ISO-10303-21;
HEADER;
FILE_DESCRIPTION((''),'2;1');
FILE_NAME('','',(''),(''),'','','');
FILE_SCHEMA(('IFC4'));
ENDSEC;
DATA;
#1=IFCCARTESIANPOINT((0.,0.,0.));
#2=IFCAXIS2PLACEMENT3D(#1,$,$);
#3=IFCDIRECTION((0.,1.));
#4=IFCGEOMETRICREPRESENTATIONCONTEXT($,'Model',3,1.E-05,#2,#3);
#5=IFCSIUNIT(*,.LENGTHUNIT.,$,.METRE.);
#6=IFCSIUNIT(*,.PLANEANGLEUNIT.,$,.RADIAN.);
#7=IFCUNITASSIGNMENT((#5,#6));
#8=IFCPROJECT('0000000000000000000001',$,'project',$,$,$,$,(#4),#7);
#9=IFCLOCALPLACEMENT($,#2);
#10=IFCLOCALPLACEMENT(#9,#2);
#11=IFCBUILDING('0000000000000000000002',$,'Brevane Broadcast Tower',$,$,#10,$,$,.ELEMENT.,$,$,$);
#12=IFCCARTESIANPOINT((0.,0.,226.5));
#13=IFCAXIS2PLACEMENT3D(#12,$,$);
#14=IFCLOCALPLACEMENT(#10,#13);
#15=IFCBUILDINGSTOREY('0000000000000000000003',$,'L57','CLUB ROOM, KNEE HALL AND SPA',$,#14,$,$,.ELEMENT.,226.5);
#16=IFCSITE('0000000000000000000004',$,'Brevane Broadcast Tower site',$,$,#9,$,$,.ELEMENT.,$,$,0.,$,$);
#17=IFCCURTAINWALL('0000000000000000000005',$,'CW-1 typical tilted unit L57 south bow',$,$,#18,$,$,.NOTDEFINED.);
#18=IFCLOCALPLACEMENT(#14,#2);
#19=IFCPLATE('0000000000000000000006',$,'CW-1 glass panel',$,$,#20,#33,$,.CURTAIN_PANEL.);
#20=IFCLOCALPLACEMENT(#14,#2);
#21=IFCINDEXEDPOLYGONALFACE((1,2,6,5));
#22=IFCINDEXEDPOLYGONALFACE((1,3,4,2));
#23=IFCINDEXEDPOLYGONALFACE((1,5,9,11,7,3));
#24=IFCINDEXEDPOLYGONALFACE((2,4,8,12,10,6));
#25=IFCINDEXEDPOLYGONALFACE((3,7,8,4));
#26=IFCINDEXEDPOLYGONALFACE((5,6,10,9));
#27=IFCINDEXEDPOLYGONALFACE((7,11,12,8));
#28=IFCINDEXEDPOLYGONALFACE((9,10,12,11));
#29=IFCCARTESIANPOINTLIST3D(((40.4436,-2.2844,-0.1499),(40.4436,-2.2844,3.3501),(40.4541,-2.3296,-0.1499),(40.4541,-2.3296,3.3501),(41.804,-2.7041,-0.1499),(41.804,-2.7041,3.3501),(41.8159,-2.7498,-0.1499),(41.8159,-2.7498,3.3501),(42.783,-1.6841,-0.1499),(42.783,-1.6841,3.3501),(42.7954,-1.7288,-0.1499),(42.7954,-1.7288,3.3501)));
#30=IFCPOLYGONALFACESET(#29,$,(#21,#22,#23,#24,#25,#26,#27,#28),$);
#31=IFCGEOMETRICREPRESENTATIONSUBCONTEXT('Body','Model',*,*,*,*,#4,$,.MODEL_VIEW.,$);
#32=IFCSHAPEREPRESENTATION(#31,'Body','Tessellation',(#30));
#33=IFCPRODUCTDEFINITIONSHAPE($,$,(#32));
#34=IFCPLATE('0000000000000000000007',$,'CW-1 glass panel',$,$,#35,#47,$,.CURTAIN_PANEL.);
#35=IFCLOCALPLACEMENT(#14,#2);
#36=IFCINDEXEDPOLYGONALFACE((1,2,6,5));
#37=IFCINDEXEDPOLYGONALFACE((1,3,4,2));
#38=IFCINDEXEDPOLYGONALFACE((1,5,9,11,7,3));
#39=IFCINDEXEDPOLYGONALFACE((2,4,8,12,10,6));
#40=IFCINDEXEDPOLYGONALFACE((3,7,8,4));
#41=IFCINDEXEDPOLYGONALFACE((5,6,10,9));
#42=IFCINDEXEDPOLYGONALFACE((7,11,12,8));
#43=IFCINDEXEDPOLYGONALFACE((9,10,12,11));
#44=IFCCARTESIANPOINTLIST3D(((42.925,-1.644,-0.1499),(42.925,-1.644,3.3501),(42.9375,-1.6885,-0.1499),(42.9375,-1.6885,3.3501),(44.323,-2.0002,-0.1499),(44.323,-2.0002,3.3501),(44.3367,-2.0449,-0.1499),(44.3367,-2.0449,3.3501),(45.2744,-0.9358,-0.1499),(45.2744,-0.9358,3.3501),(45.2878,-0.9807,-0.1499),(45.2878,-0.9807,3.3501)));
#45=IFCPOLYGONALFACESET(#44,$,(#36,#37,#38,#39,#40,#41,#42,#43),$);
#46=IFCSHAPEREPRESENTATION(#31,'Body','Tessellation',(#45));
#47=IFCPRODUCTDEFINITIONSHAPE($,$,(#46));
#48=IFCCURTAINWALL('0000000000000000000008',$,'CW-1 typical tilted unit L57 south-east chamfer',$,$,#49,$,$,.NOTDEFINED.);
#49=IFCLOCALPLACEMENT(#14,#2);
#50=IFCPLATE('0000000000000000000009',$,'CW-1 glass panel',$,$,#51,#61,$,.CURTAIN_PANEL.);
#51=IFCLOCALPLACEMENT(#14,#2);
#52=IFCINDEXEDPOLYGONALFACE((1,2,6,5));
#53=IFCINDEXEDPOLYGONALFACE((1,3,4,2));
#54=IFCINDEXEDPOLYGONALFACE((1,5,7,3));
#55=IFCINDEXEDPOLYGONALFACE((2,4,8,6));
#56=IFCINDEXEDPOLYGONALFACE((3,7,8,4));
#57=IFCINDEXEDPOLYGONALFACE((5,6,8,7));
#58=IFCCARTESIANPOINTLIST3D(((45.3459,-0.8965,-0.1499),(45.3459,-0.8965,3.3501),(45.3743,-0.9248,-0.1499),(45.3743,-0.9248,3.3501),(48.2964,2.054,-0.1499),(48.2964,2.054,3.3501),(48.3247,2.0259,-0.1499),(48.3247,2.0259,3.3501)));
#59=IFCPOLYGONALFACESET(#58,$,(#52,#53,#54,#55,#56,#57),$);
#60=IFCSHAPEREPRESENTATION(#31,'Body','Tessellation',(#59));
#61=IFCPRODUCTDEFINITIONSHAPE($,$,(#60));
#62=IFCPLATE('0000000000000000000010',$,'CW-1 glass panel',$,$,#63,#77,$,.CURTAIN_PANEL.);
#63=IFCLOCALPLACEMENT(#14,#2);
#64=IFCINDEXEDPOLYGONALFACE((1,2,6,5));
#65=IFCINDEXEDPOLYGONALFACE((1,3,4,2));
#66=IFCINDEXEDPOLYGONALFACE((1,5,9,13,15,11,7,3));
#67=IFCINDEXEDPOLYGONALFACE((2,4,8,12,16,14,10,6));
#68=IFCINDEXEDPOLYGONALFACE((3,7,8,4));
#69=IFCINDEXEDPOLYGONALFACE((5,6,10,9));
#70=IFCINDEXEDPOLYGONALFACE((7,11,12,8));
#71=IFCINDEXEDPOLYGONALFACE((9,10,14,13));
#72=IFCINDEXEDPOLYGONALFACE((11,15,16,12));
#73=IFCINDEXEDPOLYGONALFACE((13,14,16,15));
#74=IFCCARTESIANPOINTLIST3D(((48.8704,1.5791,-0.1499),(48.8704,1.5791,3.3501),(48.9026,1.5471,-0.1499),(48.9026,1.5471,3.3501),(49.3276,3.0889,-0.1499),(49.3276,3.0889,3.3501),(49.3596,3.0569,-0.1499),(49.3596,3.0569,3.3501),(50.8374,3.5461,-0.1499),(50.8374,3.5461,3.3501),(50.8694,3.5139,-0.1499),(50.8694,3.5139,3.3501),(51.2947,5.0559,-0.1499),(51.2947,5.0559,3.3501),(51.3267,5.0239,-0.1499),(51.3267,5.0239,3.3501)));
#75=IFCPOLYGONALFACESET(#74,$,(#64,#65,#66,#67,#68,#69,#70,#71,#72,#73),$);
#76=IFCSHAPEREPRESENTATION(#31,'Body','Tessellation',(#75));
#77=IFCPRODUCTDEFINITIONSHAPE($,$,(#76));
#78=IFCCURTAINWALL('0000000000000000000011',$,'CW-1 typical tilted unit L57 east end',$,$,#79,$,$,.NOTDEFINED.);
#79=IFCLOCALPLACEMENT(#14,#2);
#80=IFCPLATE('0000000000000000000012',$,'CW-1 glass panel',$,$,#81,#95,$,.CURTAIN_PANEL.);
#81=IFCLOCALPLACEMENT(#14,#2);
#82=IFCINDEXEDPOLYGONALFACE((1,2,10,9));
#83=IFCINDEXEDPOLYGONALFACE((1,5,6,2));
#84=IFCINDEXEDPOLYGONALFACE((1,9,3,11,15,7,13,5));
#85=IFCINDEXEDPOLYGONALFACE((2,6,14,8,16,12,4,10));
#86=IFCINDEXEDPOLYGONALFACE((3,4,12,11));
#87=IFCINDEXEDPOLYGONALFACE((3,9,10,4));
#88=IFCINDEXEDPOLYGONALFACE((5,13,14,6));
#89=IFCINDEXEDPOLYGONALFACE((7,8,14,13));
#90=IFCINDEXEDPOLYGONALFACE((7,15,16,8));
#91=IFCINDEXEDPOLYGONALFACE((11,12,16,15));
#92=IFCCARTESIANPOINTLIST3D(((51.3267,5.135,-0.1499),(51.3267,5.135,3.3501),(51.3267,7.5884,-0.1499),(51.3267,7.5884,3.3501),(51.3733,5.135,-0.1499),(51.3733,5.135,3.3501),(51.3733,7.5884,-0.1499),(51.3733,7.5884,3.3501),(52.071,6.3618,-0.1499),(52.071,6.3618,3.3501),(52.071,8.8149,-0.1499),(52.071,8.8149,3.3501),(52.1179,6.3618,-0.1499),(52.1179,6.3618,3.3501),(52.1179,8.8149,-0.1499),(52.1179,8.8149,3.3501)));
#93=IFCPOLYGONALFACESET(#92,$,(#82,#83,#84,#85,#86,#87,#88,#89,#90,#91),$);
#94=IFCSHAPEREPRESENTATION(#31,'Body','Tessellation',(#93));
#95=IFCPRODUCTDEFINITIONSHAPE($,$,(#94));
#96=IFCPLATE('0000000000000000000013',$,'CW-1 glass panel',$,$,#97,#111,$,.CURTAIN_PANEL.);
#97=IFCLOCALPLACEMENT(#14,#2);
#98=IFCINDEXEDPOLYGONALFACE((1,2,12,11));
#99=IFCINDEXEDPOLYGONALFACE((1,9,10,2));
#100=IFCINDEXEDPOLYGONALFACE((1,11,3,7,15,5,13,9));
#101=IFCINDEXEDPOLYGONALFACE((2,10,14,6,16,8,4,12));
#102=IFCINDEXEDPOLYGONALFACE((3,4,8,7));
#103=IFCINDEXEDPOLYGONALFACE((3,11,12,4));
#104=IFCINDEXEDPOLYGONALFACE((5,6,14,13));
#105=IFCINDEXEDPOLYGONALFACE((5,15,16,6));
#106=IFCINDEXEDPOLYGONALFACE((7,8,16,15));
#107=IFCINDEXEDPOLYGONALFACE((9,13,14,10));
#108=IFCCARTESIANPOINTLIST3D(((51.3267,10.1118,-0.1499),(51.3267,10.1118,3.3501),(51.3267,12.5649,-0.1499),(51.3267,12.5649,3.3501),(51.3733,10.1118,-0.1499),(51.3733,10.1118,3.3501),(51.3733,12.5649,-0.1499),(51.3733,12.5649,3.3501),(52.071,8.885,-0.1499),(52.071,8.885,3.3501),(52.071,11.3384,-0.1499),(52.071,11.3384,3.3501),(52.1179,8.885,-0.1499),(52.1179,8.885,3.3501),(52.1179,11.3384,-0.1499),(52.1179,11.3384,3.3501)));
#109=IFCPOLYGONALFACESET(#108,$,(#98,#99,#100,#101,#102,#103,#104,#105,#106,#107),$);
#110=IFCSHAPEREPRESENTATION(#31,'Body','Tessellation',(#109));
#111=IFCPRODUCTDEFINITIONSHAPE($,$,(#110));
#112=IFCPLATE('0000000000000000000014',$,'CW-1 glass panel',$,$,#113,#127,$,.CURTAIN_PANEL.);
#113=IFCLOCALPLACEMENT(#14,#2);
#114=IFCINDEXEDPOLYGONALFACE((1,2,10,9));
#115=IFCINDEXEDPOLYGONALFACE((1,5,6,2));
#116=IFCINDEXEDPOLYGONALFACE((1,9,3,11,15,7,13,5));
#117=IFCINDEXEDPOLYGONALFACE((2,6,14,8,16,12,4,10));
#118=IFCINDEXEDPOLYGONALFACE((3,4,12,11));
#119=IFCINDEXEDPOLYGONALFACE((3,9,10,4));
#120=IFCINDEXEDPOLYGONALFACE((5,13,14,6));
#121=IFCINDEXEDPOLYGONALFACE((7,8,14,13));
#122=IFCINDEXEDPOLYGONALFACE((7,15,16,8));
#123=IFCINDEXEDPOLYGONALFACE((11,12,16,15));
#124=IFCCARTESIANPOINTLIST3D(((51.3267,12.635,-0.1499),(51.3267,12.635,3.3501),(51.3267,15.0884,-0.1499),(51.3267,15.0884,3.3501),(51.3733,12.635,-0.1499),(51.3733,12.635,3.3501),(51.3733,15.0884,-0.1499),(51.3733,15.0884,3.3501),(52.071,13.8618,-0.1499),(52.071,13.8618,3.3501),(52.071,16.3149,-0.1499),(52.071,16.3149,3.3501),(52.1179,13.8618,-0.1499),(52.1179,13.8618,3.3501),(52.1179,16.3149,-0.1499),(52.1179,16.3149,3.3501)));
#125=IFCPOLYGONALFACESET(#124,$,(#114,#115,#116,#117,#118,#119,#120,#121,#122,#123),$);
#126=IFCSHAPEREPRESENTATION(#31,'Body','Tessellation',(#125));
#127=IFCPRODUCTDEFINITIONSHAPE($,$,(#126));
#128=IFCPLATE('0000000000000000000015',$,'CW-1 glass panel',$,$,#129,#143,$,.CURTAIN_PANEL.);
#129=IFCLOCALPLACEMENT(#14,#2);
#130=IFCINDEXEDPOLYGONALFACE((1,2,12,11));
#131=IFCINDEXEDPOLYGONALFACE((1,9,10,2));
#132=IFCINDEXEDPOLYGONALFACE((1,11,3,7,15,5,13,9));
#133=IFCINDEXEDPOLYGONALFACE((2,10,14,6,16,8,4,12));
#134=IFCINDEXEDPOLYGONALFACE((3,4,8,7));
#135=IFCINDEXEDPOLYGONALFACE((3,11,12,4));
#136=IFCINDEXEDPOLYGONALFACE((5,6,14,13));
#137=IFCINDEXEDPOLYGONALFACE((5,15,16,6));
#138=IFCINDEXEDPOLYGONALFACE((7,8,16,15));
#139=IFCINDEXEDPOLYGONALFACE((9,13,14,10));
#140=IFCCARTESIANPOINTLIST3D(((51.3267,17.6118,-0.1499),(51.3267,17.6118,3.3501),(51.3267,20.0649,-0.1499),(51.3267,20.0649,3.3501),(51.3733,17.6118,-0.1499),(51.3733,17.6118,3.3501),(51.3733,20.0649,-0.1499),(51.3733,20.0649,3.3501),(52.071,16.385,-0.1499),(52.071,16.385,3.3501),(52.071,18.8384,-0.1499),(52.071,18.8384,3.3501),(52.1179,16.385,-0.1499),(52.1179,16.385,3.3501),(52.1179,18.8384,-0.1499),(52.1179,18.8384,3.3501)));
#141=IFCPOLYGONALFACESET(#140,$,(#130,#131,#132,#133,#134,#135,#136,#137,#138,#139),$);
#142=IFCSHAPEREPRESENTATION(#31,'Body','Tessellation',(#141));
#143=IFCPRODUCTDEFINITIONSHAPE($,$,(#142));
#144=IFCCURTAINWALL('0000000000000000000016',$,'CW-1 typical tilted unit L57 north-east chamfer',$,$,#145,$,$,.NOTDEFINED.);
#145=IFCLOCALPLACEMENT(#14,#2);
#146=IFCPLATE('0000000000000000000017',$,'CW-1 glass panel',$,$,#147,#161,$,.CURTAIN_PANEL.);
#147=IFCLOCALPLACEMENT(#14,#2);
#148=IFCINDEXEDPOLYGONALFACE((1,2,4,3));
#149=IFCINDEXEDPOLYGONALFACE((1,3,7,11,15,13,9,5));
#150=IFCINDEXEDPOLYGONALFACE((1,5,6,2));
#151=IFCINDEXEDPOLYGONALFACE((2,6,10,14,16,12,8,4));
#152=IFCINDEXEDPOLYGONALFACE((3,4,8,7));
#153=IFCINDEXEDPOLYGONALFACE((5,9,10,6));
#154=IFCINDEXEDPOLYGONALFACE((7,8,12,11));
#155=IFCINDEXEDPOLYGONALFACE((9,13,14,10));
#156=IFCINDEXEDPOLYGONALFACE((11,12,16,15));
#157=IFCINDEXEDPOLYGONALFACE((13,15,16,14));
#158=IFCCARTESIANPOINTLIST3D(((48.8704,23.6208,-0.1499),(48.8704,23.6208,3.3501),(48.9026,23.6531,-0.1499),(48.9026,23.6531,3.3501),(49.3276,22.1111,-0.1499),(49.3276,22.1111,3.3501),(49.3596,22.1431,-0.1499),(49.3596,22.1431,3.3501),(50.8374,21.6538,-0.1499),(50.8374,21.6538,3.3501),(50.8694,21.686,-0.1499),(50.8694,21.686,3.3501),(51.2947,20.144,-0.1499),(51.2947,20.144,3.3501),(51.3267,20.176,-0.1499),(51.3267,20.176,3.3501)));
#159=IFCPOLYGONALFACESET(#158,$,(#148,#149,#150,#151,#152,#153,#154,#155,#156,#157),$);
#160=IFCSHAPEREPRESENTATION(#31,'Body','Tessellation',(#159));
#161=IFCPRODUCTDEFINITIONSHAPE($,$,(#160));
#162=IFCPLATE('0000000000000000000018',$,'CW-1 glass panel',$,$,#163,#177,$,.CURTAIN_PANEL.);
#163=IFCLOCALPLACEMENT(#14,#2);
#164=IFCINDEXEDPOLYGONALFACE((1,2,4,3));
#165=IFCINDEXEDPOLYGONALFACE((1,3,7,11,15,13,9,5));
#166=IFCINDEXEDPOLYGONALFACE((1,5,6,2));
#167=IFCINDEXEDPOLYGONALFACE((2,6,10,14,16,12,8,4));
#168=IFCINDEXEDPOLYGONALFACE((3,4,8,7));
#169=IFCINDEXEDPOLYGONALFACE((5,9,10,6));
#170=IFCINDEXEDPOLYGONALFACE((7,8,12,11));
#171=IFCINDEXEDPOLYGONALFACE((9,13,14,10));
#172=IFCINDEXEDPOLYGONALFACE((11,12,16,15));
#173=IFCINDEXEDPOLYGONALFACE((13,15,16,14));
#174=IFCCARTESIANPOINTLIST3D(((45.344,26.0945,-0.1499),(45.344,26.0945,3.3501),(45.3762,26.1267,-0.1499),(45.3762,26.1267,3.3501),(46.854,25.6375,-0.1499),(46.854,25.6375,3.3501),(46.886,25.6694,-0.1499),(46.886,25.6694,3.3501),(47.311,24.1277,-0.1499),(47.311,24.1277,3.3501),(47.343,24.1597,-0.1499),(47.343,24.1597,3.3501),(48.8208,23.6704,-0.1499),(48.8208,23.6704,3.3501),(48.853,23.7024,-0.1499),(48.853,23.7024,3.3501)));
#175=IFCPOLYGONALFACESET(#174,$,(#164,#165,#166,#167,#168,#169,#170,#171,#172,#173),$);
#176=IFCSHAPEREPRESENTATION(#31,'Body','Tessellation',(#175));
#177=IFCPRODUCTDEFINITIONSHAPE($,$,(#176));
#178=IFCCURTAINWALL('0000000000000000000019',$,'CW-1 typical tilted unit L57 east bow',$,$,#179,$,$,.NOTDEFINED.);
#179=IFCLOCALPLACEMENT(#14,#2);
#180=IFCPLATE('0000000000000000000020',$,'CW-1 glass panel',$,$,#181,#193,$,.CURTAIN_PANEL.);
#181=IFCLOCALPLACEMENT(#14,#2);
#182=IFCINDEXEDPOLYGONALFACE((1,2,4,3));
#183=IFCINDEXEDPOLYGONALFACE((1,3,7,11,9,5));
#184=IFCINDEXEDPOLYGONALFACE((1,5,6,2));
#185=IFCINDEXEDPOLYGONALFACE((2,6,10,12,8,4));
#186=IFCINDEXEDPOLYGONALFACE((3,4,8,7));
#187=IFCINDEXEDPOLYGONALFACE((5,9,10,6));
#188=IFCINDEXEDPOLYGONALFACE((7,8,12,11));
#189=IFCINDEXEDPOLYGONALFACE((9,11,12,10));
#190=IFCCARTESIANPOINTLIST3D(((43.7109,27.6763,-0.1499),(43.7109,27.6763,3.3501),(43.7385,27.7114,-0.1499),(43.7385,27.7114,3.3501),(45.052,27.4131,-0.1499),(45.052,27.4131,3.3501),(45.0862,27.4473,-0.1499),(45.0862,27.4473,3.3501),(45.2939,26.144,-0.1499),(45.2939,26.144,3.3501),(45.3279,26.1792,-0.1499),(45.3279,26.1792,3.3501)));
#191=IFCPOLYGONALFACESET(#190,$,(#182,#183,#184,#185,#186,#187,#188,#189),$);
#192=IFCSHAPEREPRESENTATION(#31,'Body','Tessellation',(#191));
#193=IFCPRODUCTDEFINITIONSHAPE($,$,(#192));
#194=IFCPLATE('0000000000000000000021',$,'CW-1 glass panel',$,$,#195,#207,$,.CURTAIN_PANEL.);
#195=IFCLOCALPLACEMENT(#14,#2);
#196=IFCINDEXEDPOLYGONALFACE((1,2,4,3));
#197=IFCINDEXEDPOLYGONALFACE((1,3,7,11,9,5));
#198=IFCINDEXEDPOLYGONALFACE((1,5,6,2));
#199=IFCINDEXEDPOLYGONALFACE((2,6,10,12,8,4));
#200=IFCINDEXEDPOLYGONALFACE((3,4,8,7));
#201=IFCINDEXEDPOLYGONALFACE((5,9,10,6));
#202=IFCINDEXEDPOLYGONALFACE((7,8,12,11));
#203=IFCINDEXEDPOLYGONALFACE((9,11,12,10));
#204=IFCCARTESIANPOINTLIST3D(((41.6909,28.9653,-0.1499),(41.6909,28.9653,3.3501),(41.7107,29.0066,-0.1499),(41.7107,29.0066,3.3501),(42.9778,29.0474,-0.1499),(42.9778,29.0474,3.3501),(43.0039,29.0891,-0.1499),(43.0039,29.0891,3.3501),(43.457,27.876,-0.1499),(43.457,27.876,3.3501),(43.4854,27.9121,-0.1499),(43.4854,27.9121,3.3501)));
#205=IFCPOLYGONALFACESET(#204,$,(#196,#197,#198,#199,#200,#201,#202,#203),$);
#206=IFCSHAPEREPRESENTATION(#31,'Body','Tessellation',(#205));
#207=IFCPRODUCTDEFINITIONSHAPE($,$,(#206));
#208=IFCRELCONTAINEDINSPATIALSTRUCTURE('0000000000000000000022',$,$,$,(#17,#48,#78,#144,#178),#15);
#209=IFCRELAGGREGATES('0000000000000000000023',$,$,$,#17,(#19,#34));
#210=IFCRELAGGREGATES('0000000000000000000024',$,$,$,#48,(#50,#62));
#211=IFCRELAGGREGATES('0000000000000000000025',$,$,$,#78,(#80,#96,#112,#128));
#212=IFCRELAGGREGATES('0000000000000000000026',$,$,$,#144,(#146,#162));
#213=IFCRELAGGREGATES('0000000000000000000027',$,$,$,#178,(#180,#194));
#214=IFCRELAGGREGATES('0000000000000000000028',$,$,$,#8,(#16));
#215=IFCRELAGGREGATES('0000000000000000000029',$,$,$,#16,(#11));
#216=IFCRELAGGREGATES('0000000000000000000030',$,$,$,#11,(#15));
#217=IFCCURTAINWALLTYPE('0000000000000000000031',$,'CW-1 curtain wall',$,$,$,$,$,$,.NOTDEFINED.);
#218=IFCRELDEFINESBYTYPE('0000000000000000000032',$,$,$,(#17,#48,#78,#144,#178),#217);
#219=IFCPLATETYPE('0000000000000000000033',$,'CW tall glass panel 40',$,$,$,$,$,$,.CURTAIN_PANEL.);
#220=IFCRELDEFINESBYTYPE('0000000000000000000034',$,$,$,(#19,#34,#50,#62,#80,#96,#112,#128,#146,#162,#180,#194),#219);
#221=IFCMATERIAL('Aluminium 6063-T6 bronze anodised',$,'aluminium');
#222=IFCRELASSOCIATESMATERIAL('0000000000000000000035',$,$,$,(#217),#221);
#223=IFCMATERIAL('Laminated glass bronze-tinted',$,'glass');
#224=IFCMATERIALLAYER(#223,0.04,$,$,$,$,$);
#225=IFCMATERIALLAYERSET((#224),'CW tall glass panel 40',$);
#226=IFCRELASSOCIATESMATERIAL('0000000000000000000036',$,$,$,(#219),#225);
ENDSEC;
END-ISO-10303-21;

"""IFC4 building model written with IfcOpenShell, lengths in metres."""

from ifc_helpers import new_model, si_unit, direction, frame, origin, place, context, subcontext, project, spatial, polyline, outline, extrude, material, layer, layer_set, type_object, element, aggregate, save


model = new_model("IFC4")

# Units and contexts
model_context = context("Model", 3, precision=1e-05, world=origin(), true_north=direction((0.0, 1.0)))
body_context = subcontext(model_context, "Body", "Model", "MODEL_VIEW")
ifc_project = project(units=[si_unit("LENGTHUNIT", "METRE"), si_unit("PLANEANGLEUNIT", "RADIAN")], contexts=[model_context])

# Site, building, storey
site_placement = place(None, origin())
site = spatial("IfcSite", under=ifc_project, at=site_placement, Name="Brevane Broadcast Tower site", CompositionType="ELEMENT", RefElevation=0.0)
building_placement = place(site_placement, origin())
building = spatial("IfcBuilding", under=site, at=building_placement, Name="Brevane Broadcast Tower", CompositionType="ELEMENT")
storey_placement = place(building_placement, frame((0.0, 0.0, 226.5)))
storey = spatial("IfcBuildingStorey", under=building, at=storey_placement, Name="L57", Description="CLUB ROOM, KNEE HALL AND SPA", CompositionType="ELEMENT", Elevation=226.5)

# Curtain walls, plates
ifc_material_1 = material(Name="Aluminium 6063-T6 bronze anodised", Category="aluminium")
curtain_wall_type = type_object("IfcCurtainWallType", Name="CW-1 curtain wall", PredefinedType="NOTDEFINED", material=ifc_material_1)
curtain_wall_1_placement = place(storey_placement, origin())
curtain_wall_1 = element("IfcCurtainWall", 1, at=curtain_wall_1_placement, inside=storey, type_object=curtain_wall_type, Name="CW-1 typical tilted unit L57 south bow", PredefinedType="NOTDEFINED")
ifc_material_2 = material(Name="Laminated glass bronze-tinted", Category="glass")
ifc_layer = layer(ifc_material_2, 0.04)
ifc_layer_set = layer_set([ifc_layer], Name="CW tall glass panel 40")
plate_type = type_object("IfcPlateType", Name="CW tall glass panel 40", PredefinedType="CURTAIN_PANEL", material=ifc_layer_set)
plate_1_placement = place(storey_placement, frame((0.0, 0.0, -0.1499)))
plate_1 = element("IfcPlate", 2, at=plate_1_placement, type_object=plate_type, Name="CW-1 glass panel", PredefinedType="CURTAIN_PANEL", context=body_context, shape_type="SweptSolid", body=[
    extrude(outline(polyline([(40.4436, -2.2844), (40.4541, -2.3296), (41.8159, -2.7498), (42.7954, -1.7288), (42.783, -1.6841), (41.804, -2.7041), (40.4436, -2.2844)])), origin(), (0.0, 0.0, 1.0), 3.5),
])
plate_2_placement = place(storey_placement, frame((0.0, 0.0, -0.1499)))
plate_2 = element("IfcPlate", 3, at=plate_2_placement, type_object=plate_type, Name="CW-1 glass panel", PredefinedType="CURTAIN_PANEL", context=body_context, shape_type="SweptSolid", body=[
    extrude(outline(polyline([(42.925, -1.644), (42.9375, -1.6885), (44.3367, -2.0449), (45.2878, -0.9807), (45.2744, -0.9358), (44.323, -2.0002), (42.925, -1.644)])), origin(), (0.0, 0.0, 1.0), 3.5),
])
aggregate(curtain_wall_1, [plate_1, plate_2])
curtain_wall_2_placement = place(storey_placement, origin())
curtain_wall_2 = element("IfcCurtainWall", 4, at=curtain_wall_2_placement, inside=storey, type_object=curtain_wall_type, Name="CW-1 typical tilted unit L57 south-east chamfer", PredefinedType="NOTDEFINED")
plate_3_placement = place(storey_placement, frame((0.0, 0.0, -0.1499)))
plate_3 = element("IfcPlate", 5, at=plate_3_placement, type_object=plate_type, Name="CW-1 glass panel", PredefinedType="CURTAIN_PANEL", context=body_context, shape_type="SweptSolid", body=[
    extrude(outline(polyline([(45.3459, -0.8965), (48.2964, 2.054), (48.3247, 2.0259), (45.3743, -0.9248), (45.3459, -0.8965)])), origin(), (0.0, 0.0, 1.0), 3.5),
])
plate_4_placement = place(storey_placement, frame((0.0, 0.0, -0.1499)))
plate_4 = element("IfcPlate", 6, at=plate_4_placement, type_object=plate_type, Name="CW-1 glass panel", PredefinedType="CURTAIN_PANEL", context=body_context, shape_type="SweptSolid", body=[
    extrude(outline(polyline([(48.8704, 1.5791), (48.9026, 1.5471), (49.3596, 3.0569), (50.8694, 3.5139), (51.3267, 5.0239), (51.2947, 5.0559), (50.8374, 3.5461), (49.3276, 3.0889), (48.8704, 1.5791)])), origin(), (0.0, 0.0, 1.0), 3.5),
])
aggregate(curtain_wall_2, [plate_3, plate_4])
curtain_wall_3_placement = place(storey_placement, origin())
curtain_wall_3 = element("IfcCurtainWall", 7, at=curtain_wall_3_placement, inside=storey, type_object=curtain_wall_type, Name="CW-1 typical tilted unit L57 east end", PredefinedType="NOTDEFINED")
plate_5_placement = place(storey_placement, frame((0.0, 0.0, -0.1499)))
plate_5 = element("IfcPlate", 8, at=plate_5_placement, type_object=plate_type, Name="CW-1 glass panel", PredefinedType="CURTAIN_PANEL", context=body_context, shape_type="SweptSolid", body=[
    extrude(outline(polyline([(51.3267, 5.135), (51.3733, 5.135), (52.1179, 6.3618), (51.3733, 7.5884), (52.1179, 8.8149), (52.071, 8.8149), (51.3267, 7.5884), (52.071, 6.3618), (51.3267, 5.135)])), origin(), (0.0, 0.0, 1.0), 3.5),
])
plate_6_placement = place(storey_placement, frame((0.0, 0.0, -0.1499)))
plate_6 = element("IfcPlate", 9, at=plate_6_placement, type_object=plate_type, Name="CW-1 glass panel", PredefinedType="CURTAIN_PANEL", context=body_context, shape_type="SweptSolid", body=[
    extrude(outline(polyline([(52.071, 8.885), (52.1179, 8.885), (51.3733, 10.1118), (52.1179, 11.3384), (51.3733, 12.5649), (51.3267, 12.5649), (52.071, 11.3384), (51.3267, 10.1118), (52.071, 8.885)])), origin(), (0.0, 0.0, 1.0), 3.5),
])
plate_7_placement = place(storey_placement, frame((0.0, 0.0, -0.1499)))
plate_7 = element("IfcPlate", 10, at=plate_7_placement, type_object=plate_type, Name="CW-1 glass panel", PredefinedType="CURTAIN_PANEL", context=body_context, shape_type="SweptSolid", body=[
    extrude(outline(polyline([(51.3267, 12.635), (51.3733, 12.635), (52.1179, 13.8618), (51.3733, 15.0884), (52.1179, 16.3149), (52.071, 16.3149), (51.3267, 15.0884), (52.071, 13.8618), (51.3267, 12.635)])), origin(), (0.0, 0.0, 1.0), 3.5),
])
plate_8_placement = place(storey_placement, frame((0.0, 0.0, -0.1499)))
plate_8 = element("IfcPlate", 11, at=plate_8_placement, type_object=plate_type, Name="CW-1 glass panel", PredefinedType="CURTAIN_PANEL", context=body_context, shape_type="SweptSolid", body=[
    extrude(outline(polyline([(52.071, 16.385), (52.1179, 16.385), (51.3733, 17.6118), (52.1179, 18.8384), (51.3733, 20.0649), (51.3267, 20.0649), (52.071, 18.8384), (51.3267, 17.6118), (52.071, 16.385)])), origin(), (0.0, 0.0, 1.0), 3.5),
])
aggregate(curtain_wall_3, [plate_5, plate_6, plate_7, plate_8])
curtain_wall_4_placement = place(storey_placement, origin())
curtain_wall_4 = element("IfcCurtainWall", 12, at=curtain_wall_4_placement, inside=storey, type_object=curtain_wall_type, Name="CW-1 typical tilted unit L57 north-east chamfer", PredefinedType="NOTDEFINED")
plate_9_placement = place(storey_placement, frame((0.0, 0.0, -0.1499)))
plate_9 = element("IfcPlate", 13, at=plate_9_placement, type_object=plate_type, Name="CW-1 glass panel", PredefinedType="CURTAIN_PANEL", context=body_context, shape_type="SweptSolid", body=[
    extrude(outline(polyline([(51.2947, 20.144), (51.3267, 20.176), (50.8694, 21.686), (49.3596, 22.1431), (48.9026, 23.6531), (48.8704, 23.6208), (49.3276, 22.1111), (50.8374, 21.6538), (51.2947, 20.144)])), origin(), (0.0, 0.0, 1.0), 3.5),
])
plate_10_placement = place(storey_placement, frame((0.0, 0.0, -0.1499)))
plate_10 = element("IfcPlate", 14, at=plate_10_placement, type_object=plate_type, Name="CW-1 glass panel", PredefinedType="CURTAIN_PANEL", context=body_context, shape_type="SweptSolid", body=[
    extrude(outline(polyline([(48.8208, 23.6704), (48.853, 23.7024), (47.343, 24.1597), (46.886, 25.6694), (45.3762, 26.1267), (45.344, 26.0945), (46.854, 25.6375), (47.311, 24.1277), (48.8208, 23.6704)])), origin(), (0.0, 0.0, 1.0), 3.5),
])
aggregate(curtain_wall_4, [plate_9, plate_10])
curtain_wall_5_placement = place(storey_placement, origin())
curtain_wall_5 = element("IfcCurtainWall", 15, at=curtain_wall_5_placement, inside=storey, type_object=curtain_wall_type, Name="CW-1 typical tilted unit L57 east bow", PredefinedType="NOTDEFINED")
plate_11_placement = place(storey_placement, frame((0.0, 0.0, -0.1499)))
plate_11 = element("IfcPlate", 16, at=plate_11_placement, type_object=plate_type, Name="CW-1 glass panel", PredefinedType="CURTAIN_PANEL", context=body_context, shape_type="SweptSolid", body=[
    extrude(outline(polyline([(45.2939, 26.144), (45.3279, 26.1792), (45.0862, 27.4473), (43.7385, 27.7114), (43.7109, 27.6763), (45.052, 27.4131), (45.2939, 26.144)])), origin(), (0.0, 0.0, 1.0), 3.5),
])
plate_12_placement = place(storey_placement, frame((0.0, 0.0, -0.1499)))
plate_12 = element("IfcPlate", 17, at=plate_12_placement, type_object=plate_type, Name="CW-1 glass panel", PredefinedType="CURTAIN_PANEL", context=body_context, shape_type="SweptSolid", body=[
    extrude(outline(polyline([(43.457, 27.876), (43.4854, 27.9121), (43.0039, 29.0891), (41.7107, 29.0066), (41.6909, 28.9653), (42.9778, 29.0474), (43.457, 27.876)])), origin(), (0.0, 0.0, 1.0), 3.5),
])
aggregate(curtain_wall_5, [plate_11, plate_12])

save(model, "model.ifc")
